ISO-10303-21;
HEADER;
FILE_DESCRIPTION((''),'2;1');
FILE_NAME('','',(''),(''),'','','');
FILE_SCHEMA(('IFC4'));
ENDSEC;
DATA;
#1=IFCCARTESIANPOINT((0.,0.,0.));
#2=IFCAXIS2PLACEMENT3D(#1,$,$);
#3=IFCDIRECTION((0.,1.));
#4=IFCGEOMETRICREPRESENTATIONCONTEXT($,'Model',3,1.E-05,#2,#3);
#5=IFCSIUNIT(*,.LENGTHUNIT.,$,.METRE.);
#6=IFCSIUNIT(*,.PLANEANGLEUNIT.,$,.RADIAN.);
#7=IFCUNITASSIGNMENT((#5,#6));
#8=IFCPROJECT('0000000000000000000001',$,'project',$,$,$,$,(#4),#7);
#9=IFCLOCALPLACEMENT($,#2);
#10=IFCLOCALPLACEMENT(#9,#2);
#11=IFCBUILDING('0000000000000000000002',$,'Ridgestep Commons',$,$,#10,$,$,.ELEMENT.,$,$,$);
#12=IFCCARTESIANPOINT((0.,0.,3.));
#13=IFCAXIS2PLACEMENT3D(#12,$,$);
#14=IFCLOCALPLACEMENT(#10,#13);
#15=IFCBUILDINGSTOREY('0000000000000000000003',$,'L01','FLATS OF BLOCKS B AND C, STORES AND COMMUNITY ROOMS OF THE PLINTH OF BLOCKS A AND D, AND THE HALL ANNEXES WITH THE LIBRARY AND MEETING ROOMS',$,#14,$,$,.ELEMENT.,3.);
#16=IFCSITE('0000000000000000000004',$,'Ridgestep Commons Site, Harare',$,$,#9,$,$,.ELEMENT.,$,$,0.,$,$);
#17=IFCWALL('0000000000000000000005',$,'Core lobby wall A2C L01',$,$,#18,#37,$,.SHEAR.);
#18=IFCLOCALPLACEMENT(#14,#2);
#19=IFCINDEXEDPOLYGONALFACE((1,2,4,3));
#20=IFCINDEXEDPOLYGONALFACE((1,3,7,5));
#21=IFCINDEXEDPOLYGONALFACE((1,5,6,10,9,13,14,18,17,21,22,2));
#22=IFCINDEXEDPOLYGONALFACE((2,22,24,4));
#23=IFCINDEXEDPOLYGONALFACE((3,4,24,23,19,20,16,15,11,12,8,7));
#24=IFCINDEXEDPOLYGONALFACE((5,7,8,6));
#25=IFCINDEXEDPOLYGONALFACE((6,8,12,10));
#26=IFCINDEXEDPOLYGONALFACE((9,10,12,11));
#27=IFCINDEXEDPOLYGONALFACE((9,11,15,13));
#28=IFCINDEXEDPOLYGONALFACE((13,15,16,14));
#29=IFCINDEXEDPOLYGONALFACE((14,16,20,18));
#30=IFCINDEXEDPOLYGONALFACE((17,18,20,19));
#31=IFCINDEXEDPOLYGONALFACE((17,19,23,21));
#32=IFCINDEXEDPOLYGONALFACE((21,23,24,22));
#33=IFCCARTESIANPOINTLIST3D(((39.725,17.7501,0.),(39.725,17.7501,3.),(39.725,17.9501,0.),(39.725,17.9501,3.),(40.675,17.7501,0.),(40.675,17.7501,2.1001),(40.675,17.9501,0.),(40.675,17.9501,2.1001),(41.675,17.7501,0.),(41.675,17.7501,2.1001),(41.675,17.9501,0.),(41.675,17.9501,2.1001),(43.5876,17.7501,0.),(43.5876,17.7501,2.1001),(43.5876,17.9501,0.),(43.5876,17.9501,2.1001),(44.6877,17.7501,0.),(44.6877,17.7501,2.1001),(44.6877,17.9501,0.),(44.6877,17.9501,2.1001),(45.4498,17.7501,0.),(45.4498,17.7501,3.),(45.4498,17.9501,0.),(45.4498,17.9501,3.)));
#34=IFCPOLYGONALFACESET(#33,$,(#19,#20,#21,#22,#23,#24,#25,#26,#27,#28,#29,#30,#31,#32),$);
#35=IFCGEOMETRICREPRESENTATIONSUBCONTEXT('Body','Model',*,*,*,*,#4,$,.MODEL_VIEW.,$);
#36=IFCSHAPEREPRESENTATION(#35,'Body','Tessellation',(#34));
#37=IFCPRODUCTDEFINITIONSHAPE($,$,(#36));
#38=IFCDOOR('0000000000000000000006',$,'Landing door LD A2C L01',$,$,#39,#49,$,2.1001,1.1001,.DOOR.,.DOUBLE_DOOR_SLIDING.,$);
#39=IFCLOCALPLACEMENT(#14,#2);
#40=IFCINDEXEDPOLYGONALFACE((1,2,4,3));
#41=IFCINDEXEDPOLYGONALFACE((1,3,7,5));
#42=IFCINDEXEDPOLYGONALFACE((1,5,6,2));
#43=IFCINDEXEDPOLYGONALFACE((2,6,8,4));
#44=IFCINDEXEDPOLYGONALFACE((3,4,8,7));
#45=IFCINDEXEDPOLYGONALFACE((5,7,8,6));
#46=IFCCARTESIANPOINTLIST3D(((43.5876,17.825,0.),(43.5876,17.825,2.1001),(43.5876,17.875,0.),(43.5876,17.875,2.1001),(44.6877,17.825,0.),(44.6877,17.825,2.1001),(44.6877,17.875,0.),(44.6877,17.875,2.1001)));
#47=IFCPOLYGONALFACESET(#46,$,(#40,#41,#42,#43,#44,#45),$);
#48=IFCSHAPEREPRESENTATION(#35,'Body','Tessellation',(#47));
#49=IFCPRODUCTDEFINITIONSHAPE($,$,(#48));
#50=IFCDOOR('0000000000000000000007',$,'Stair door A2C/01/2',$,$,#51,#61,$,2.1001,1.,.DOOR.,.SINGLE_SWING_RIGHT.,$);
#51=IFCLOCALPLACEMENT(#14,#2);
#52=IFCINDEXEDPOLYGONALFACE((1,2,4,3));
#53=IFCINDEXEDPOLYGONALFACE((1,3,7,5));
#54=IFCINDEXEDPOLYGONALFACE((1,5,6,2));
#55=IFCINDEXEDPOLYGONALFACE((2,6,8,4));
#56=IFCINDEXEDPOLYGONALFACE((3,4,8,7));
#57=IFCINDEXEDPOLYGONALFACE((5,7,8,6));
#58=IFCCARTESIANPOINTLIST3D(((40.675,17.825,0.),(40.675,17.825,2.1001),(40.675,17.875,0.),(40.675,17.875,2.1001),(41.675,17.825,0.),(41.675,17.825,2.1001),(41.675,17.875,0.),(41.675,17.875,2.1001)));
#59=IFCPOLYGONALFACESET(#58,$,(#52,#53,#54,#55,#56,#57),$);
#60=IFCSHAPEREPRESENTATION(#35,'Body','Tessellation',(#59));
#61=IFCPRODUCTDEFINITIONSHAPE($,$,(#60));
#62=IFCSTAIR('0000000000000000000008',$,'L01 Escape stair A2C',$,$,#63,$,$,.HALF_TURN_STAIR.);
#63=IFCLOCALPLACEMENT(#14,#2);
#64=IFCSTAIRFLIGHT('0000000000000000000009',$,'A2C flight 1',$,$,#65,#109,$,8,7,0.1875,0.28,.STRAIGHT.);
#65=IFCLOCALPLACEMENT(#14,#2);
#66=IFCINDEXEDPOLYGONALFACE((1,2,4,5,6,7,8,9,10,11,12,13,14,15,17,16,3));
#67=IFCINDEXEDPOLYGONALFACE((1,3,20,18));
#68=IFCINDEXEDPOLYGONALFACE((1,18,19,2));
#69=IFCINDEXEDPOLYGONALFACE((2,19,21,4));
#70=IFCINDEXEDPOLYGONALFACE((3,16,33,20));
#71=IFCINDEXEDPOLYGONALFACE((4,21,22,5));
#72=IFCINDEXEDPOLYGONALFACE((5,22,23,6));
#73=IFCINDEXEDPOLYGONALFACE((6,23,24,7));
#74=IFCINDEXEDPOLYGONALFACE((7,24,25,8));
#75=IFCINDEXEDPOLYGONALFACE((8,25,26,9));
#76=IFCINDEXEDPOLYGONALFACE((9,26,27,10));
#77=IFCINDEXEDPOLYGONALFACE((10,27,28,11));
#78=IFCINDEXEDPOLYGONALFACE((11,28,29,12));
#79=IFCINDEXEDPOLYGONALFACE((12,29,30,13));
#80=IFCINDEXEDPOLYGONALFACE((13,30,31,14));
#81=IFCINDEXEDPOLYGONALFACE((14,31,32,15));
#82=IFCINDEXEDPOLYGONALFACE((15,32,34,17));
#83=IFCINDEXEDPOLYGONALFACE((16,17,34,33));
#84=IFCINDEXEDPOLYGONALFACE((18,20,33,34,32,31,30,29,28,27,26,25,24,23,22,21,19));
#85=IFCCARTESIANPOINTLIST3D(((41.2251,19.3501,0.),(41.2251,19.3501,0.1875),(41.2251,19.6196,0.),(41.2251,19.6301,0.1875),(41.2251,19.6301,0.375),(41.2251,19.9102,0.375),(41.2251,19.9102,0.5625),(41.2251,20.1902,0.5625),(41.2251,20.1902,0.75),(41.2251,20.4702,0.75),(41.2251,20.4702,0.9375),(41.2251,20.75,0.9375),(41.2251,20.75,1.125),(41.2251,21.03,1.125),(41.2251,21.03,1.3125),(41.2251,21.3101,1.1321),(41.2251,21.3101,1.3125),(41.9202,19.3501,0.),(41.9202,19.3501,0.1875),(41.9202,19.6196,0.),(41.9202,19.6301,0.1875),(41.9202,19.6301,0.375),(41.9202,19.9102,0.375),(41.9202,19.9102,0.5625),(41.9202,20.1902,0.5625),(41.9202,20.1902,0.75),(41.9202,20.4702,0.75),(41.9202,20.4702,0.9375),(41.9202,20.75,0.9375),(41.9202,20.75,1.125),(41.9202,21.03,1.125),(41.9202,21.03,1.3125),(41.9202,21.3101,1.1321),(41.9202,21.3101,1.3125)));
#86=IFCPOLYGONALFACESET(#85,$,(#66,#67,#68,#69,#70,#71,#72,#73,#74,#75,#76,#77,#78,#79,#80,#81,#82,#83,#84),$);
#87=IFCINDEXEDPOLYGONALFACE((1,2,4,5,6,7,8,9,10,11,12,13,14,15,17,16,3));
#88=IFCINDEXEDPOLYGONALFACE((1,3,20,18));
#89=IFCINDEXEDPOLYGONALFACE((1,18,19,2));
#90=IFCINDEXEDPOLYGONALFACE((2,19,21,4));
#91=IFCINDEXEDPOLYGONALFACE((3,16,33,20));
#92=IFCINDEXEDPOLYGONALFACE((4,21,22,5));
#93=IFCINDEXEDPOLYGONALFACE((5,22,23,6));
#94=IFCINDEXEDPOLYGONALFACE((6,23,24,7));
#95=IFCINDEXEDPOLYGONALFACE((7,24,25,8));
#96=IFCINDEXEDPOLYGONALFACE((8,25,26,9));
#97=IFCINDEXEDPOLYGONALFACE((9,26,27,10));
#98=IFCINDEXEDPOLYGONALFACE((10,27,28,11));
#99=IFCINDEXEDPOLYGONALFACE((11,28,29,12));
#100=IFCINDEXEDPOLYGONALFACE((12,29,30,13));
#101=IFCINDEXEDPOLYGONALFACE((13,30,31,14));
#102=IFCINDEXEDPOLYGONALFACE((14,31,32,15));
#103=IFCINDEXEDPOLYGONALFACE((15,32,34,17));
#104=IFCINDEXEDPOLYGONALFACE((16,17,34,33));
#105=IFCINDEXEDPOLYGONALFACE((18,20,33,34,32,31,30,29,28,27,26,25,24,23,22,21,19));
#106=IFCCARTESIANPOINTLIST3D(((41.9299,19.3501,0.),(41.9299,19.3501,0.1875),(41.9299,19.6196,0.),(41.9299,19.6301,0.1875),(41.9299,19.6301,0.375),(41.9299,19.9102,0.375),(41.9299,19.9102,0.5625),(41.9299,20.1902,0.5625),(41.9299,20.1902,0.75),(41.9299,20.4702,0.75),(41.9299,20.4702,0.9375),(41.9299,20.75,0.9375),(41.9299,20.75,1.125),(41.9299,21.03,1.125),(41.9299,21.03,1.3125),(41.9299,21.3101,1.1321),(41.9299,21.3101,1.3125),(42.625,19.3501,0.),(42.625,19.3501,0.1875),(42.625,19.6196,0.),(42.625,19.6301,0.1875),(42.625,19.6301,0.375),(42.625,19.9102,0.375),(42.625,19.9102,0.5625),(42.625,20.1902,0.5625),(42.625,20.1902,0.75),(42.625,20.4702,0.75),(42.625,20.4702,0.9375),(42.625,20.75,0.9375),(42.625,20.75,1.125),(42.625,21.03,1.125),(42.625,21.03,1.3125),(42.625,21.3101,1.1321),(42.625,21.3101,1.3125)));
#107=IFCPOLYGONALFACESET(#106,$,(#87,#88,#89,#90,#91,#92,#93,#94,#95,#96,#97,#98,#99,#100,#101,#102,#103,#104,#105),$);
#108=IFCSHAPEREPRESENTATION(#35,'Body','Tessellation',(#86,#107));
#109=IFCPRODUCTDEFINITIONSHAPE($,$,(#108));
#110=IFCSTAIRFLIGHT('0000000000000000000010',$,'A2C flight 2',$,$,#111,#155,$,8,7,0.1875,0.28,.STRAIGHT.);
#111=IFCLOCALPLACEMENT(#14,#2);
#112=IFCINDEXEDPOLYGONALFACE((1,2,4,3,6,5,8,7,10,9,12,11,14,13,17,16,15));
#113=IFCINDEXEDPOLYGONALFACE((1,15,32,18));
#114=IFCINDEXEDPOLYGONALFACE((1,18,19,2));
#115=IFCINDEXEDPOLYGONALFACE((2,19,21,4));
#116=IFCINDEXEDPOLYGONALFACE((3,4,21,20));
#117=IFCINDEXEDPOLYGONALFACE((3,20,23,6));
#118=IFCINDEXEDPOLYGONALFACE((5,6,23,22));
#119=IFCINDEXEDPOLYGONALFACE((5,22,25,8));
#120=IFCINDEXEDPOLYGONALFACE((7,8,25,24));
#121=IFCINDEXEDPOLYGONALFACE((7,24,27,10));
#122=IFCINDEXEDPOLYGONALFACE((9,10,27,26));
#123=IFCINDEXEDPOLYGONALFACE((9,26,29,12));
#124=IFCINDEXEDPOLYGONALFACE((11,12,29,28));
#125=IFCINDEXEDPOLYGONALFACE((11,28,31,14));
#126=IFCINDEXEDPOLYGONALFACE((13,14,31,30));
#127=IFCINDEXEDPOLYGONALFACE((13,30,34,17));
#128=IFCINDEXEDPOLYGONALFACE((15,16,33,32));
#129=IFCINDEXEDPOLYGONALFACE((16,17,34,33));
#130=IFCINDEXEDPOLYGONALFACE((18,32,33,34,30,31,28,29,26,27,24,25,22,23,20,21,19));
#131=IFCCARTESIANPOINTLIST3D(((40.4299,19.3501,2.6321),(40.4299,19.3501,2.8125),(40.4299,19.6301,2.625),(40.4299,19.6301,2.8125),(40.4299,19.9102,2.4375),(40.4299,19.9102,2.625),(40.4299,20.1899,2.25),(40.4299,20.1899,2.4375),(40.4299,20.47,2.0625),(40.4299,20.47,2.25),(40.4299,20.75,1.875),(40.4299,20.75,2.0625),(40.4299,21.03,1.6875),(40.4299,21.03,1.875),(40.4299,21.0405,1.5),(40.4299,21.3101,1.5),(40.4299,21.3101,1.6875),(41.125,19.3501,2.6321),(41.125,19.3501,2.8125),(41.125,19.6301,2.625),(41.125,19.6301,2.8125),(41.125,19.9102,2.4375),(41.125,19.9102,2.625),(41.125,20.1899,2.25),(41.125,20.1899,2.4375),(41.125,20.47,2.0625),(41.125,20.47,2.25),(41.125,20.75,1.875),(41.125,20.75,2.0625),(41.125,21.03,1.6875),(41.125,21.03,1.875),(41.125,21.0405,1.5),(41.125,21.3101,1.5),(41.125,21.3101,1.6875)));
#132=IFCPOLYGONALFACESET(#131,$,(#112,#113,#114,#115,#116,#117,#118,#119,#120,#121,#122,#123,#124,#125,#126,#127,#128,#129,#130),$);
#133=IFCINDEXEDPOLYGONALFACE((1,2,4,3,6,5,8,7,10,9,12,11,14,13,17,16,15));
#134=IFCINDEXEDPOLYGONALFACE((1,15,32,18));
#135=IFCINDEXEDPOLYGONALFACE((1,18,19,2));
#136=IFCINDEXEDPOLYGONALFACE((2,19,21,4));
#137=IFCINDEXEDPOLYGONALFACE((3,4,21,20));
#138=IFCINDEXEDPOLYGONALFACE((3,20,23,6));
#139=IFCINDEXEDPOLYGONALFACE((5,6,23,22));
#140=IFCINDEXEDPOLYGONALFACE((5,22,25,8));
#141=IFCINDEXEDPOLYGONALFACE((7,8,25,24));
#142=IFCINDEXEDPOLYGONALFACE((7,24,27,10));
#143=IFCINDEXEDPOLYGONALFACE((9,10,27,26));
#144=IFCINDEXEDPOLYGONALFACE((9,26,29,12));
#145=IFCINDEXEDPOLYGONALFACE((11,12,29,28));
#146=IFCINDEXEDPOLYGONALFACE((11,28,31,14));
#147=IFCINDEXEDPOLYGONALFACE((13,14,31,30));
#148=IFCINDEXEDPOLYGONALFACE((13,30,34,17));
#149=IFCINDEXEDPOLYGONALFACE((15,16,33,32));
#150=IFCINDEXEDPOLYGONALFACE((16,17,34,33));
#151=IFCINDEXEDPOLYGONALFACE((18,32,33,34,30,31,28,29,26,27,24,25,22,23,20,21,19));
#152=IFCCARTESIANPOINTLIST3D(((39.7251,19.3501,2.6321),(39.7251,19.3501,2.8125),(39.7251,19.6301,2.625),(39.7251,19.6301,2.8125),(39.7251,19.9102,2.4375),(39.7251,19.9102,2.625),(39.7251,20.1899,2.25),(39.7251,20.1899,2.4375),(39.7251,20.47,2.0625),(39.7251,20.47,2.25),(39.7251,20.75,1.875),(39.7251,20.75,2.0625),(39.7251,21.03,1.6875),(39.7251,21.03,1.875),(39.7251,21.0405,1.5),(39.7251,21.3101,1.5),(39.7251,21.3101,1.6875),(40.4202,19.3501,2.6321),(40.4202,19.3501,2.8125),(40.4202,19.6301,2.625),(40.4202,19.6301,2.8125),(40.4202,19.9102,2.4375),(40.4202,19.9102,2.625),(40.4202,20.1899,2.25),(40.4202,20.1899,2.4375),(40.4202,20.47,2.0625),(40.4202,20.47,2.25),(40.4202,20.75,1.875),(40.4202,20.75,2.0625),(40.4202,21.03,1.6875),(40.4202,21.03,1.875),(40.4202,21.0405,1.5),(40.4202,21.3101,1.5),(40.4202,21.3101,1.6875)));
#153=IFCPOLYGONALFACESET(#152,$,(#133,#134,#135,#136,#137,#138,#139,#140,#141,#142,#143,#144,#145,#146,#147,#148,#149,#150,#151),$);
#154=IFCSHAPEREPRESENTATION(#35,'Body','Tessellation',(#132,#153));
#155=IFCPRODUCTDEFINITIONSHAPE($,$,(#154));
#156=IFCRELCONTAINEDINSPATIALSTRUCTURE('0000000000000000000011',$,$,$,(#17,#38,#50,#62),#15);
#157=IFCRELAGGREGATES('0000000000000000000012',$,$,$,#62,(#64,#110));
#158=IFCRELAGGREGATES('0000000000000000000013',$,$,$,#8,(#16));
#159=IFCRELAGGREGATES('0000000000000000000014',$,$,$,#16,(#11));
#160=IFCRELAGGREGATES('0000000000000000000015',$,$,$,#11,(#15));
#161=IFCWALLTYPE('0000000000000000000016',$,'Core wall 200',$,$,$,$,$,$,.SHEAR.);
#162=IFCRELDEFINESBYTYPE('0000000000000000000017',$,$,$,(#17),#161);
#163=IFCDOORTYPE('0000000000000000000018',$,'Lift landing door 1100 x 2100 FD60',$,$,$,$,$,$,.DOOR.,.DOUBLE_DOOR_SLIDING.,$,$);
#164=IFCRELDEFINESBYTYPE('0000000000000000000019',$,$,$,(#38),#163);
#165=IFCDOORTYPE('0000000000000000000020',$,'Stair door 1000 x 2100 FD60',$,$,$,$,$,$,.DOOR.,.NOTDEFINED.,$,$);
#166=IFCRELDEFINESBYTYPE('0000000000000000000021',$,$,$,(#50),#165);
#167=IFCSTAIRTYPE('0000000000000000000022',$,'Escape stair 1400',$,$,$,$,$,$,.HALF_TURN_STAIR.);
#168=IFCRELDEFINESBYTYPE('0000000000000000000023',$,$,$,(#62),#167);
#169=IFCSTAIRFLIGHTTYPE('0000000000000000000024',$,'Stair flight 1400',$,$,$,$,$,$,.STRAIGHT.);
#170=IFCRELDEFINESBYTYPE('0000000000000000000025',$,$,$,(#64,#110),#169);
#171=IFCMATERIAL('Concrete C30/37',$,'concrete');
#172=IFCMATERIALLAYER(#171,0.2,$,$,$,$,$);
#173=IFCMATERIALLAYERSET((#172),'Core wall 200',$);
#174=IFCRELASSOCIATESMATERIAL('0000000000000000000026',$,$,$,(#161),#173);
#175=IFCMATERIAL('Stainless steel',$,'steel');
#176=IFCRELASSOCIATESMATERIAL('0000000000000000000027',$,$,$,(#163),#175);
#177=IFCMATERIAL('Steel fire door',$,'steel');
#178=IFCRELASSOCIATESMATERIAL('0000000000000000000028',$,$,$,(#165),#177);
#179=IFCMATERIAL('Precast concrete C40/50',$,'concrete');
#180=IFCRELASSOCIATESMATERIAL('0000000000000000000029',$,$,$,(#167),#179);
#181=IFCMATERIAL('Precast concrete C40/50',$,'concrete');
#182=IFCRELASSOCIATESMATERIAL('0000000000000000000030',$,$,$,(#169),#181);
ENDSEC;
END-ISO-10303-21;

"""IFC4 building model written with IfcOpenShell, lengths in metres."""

from ifc_helpers import new_model, si_unit, direction, frame, frame_2d, origin, place, context, subcontext, project, spatial, polyline, rectangle, outline, extrude, material, layer, layer_set, type_object, element, fill, aggregate, save


model = new_model("IFC4")

# Units and contexts
model_context = context("Model", 3, precision=1e-05, world=origin(), true_north=direction((0.0, 1.0)))
body_context = subcontext(model_context, "Body", "Model", "MODEL_VIEW")
ifc_project = project(units=[si_unit("LENGTHUNIT", "METRE"), si_unit("PLANEANGLEUNIT", "RADIAN")], contexts=[model_context])

# Site, building, storey
site_placement = place(None, origin())
site = spatial("IfcSite", under=ifc_project, at=site_placement, Name="Ridgestep Commons Site, Harare", CompositionType="ELEMENT", RefElevation=0.0)
building_placement = place(site_placement, origin())
building = spatial("IfcBuilding", under=site, at=building_placement, Name="Ridgestep Commons", CompositionType="ELEMENT")
storey_placement = place(building_placement, frame((0.0, 0.0, 3.0)))
storey = spatial("IfcBuildingStorey", under=building, at=storey_placement, Name="L01", Description="FLATS OF BLOCKS B AND C, STORES AND COMMUNITY ROOMS OF THE PLINTH OF BLOCKS A AND D, AND THE HALL ANNEXES WITH THE LIBRARY AND MEETING ROOMS", CompositionType="ELEMENT", Elevation=3.0)

# Wall, openings, doors
ifc_material_1 = material(Name="Concrete C30/37", Category="concrete")
ifc_layer_1 = layer(ifc_material_1, 0.2)
ifc_layer_set_1 = layer_set([ifc_layer_1], Name="Core wall 200")
wall_type = type_object("IfcWallType", Name="Core wall 200", PredefinedType="SHEAR", material=ifc_layer_set_1)
wall_placement = place(storey_placement, frame((39.7251, 17.8501, 0.0), z_axis=(0.0, 0.0, 1.0), x_axis=(1.0, 0.0, 0.0)))
wall = element("IfcWall", 1, at=wall_placement, inside=storey, type_object=wall_type, Name="Core lobby wall A2C L01", PredefinedType="SHEAR", context=body_context, shape_type="SweptSolid", body=[
    extrude(rectangle(XDim=5.7249, YDim=0.2, at=frame_2d((2.8623, 0.0))), origin(), (0.0, 0.0, 1.0), 3.0),
])
opening_1_placement = place(wall_placement, frame((0.95, 0.0, 0.0)))
opening_1 = element("IfcOpeningElement", 2, at=opening_1_placement, cuts=wall, PredefinedType="OPENING", context=body_context, shape_type="SweptSolid", body=[
    extrude(rectangle(XDim=1.0, YDim=2.1001, at=frame_2d((0.5, 1.05))), frame((0.0, 0.1099, 0.0), z_axis=(0.0, -1.0, 0.0), x_axis=(1.0, 0.0, 0.0)), (0.0, 0.0, 1.0), 0.22),
])
opening_2_placement = place(wall_placement, frame((3.8625, 0.0, 0.0)))
opening_2 = element("IfcOpeningElement", 3, at=opening_2_placement, cuts=wall, PredefinedType="OPENING", context=body_context, shape_type="SweptSolid", body=[
    extrude(rectangle(XDim=1.1001, YDim=2.1001, at=frame_2d((0.55, 1.05))), frame((0.0, 0.1099, 0.0), z_axis=(0.0, -1.0, 0.0), x_axis=(1.0, 0.0, 0.0)), (0.0, 0.0, 1.0), 0.22),
])
ifc_material_2 = material(Name="Stainless steel", Category="steel")
door_type_1 = type_object("IfcDoorType", Name="Lift landing door 1100 x 2100 FD60", OperationType="DOUBLE_DOOR_SLIDING", PredefinedType="DOOR", material=ifc_material_2)
door_1_placement = place(opening_2_placement, origin())
door_1 = element("IfcDoor", 4, at=door_1_placement, inside=storey, type_object=door_type_1, Name="Landing door LD A2C L01", OperationType="DOUBLE_DOOR_SLIDING", OverallHeight=2.1001, OverallWidth=1.1001, PredefinedType="DOOR", context=body_context, shape_type="SweptSolid", body=[
    extrude(rectangle(XDim=1.1001, YDim=2.1001, at=frame_2d((0.55, 1.05))), frame((0.0, 0.0249, 0.0), z_axis=(0.0, -1.0, 0.0), x_axis=(1.0, 0.0, 0.0)), (0.0, 0.0, 1.0), 0.05),
])
fill(opening_2, door_1)
ifc_material_3 = material(Name="Steel fire door", Category="steel")
door_type_2 = type_object("IfcDoorType", Name="Stair door 1000 x 2100 FD60", OperationType="NOTDEFINED", PredefinedType="DOOR", material=ifc_material_3)
door_2_placement = place(opening_1_placement, origin())
door_2 = element("IfcDoor", 5, at=door_2_placement, inside=storey, type_object=door_type_2, Name="Stair door A2C/01/2", OperationType="SINGLE_SWING_RIGHT", OverallHeight=2.1001, OverallWidth=1.0, PredefinedType="DOOR", context=body_context, shape_type="SweptSolid", body=[
    extrude(rectangle(XDim=1.0, YDim=2.1001, at=frame_2d((0.5, 1.05))), frame((0.0, 0.0249, 0.0), z_axis=(0.0, -1.0, 0.0), x_axis=(1.0, 0.0, 0.0)), (0.0, 0.0, 1.0), 0.05),
])
fill(opening_1, door_2)

# Stair, stair flights
ifc_material_4 = material(Name="Precast concrete C40/50", Category="concrete")
stair_type = type_object("IfcStairType", Name="Escape stair 1400", PredefinedType="HALF_TURN_STAIR", material=ifc_material_4)
stair_placement = place(storey_placement, origin())
stair = element("IfcStair", 6, at=stair_placement, inside=storey, type_object=stair_type, Name="L01 Escape stair A2C", PredefinedType="HALF_TURN_STAIR")
ifc_material_5 = material(Name="Precast concrete C40/50", Category="concrete")
stair_flight_type = type_object("IfcStairFlightType", Name="Stair flight 1400", PredefinedType="STRAIGHT", material=ifc_material_5)
stair_flight_1_placement = place(storey_placement, frame((41.925, 19.3501, 0.0), z_axis=(0.0, 0.0, 1.0), x_axis=(0.0, 1.0, 0.0)))
stair_flight_1 = element("IfcStairFlight", 7, at=stair_flight_1_placement, type_object=stair_flight_type, Name="A2C flight 1", NumberOfRisers=8, NumberOfTreads=7, PredefinedType="STRAIGHT", RiserHeight=0.1875, TreadLength=0.28, context=body_context, shape_type="SweptSolid", body=[
    extrude(outline(polyline([(0.0, 0.0), (0.0, 0.1875), (0.28, 0.1875), (0.28, 0.375), (0.5601, 0.375), (0.5601, 0.5625), (0.8401, 0.5625), (0.8401, 0.75), (1.1201, 0.75), (1.1201, 0.9375), (1.3999, 0.9375), (1.3999, 1.125), (1.6799, 1.125), (1.6799, 1.3125), (1.96, 1.3125), (1.96, 1.5), (1.96, 1.1321), (0.2695, 0.0), (0.0, 0.0)])), frame((0.0, 0.7, 0.0), z_axis=(0.0, -1.0, 0.0), x_axis=(1.0, 0.0, 0.0)), (0.0, 0.0, 1.0), 0.6951),
    extrude(outline(polyline([(0.0, 0.0), (0.0, 0.1875), (0.28, 0.1875), (0.28, 0.375), (0.5601, 0.375), (0.5601, 0.5625), (0.8401, 0.5625), (0.8401, 0.75), (1.1201, 0.75), (1.1201, 0.9375), (1.3999, 0.9375), (1.3999, 1.125), (1.6799, 1.125), (1.6799, 1.3125), (1.96, 1.3125), (1.96, 1.5), (1.96, 1.1321), (0.2695, 0.0), (0.0, 0.0)])), frame((0.0, -0.0049, 0.0), z_axis=(0.0, -1.0, 0.0), x_axis=(1.0, 0.0, 0.0)), (0.0, 0.0, 1.0), 0.6951),
])
stair_flight_2_placement = place(storey_placement, frame((40.425, 21.3101, 1.5), z_axis=(0.0, 0.0, 1.0), x_axis=(0.0, -1.0, 0.0)))
stair_flight_2 = element("IfcStairFlight", 8, at=stair_flight_2_placement, type_object=stair_flight_type, Name="A2C flight 2", NumberOfRisers=8, NumberOfTreads=7, PredefinedType="STRAIGHT", RiserHeight=0.1875, TreadLength=0.28, context=body_context, shape_type="SweptSolid", body=[
    extrude(outline(polyline([(0.0, 0.0), (0.0, 0.1875), (0.28, 0.1875), (0.28, 0.375), (0.5601, 0.375), (0.5601, 0.5625), (0.8401, 0.5625), (0.8401, 0.75), (1.1201, 0.75), (1.1201, 0.9375), (1.3999, 0.9375), (1.3999, 1.125), (1.6799, 1.125), (1.6799, 1.3125), (1.96, 1.3125), (1.96, 1.5), (1.96, 1.1321), (0.2695, 0.0), (0.0, 0.0)])), frame((0.0, 0.7, 0.0), z_axis=(0.0, -1.0, 0.0), x_axis=(1.0, 0.0, 0.0)), (0.0, 0.0, 1.0), 0.6951),
    extrude(outline(polyline([(0.0, 0.0), (0.0, 0.1875), (0.28, 0.1875), (0.28, 0.375), (0.5601, 0.375), (0.5601, 0.5625), (0.8401, 0.5625), (0.8401, 0.75), (1.1201, 0.75), (1.1201, 0.9375), (1.3999, 0.9375), (1.3999, 1.125), (1.6799, 1.125), (1.6799, 1.3125), (1.96, 1.3125), (1.96, 1.5), (1.96, 1.1321), (0.2695, 0.0), (0.0, 0.0)])), frame((0.0, -0.0049, 0.0), z_axis=(0.0, -1.0, 0.0), x_axis=(1.0, 0.0, 0.0)), (0.0, 0.0, 1.0), 0.6951),
])
aggregate(stair, [stair_flight_1, stair_flight_2])

save(model, "model.ifc")
